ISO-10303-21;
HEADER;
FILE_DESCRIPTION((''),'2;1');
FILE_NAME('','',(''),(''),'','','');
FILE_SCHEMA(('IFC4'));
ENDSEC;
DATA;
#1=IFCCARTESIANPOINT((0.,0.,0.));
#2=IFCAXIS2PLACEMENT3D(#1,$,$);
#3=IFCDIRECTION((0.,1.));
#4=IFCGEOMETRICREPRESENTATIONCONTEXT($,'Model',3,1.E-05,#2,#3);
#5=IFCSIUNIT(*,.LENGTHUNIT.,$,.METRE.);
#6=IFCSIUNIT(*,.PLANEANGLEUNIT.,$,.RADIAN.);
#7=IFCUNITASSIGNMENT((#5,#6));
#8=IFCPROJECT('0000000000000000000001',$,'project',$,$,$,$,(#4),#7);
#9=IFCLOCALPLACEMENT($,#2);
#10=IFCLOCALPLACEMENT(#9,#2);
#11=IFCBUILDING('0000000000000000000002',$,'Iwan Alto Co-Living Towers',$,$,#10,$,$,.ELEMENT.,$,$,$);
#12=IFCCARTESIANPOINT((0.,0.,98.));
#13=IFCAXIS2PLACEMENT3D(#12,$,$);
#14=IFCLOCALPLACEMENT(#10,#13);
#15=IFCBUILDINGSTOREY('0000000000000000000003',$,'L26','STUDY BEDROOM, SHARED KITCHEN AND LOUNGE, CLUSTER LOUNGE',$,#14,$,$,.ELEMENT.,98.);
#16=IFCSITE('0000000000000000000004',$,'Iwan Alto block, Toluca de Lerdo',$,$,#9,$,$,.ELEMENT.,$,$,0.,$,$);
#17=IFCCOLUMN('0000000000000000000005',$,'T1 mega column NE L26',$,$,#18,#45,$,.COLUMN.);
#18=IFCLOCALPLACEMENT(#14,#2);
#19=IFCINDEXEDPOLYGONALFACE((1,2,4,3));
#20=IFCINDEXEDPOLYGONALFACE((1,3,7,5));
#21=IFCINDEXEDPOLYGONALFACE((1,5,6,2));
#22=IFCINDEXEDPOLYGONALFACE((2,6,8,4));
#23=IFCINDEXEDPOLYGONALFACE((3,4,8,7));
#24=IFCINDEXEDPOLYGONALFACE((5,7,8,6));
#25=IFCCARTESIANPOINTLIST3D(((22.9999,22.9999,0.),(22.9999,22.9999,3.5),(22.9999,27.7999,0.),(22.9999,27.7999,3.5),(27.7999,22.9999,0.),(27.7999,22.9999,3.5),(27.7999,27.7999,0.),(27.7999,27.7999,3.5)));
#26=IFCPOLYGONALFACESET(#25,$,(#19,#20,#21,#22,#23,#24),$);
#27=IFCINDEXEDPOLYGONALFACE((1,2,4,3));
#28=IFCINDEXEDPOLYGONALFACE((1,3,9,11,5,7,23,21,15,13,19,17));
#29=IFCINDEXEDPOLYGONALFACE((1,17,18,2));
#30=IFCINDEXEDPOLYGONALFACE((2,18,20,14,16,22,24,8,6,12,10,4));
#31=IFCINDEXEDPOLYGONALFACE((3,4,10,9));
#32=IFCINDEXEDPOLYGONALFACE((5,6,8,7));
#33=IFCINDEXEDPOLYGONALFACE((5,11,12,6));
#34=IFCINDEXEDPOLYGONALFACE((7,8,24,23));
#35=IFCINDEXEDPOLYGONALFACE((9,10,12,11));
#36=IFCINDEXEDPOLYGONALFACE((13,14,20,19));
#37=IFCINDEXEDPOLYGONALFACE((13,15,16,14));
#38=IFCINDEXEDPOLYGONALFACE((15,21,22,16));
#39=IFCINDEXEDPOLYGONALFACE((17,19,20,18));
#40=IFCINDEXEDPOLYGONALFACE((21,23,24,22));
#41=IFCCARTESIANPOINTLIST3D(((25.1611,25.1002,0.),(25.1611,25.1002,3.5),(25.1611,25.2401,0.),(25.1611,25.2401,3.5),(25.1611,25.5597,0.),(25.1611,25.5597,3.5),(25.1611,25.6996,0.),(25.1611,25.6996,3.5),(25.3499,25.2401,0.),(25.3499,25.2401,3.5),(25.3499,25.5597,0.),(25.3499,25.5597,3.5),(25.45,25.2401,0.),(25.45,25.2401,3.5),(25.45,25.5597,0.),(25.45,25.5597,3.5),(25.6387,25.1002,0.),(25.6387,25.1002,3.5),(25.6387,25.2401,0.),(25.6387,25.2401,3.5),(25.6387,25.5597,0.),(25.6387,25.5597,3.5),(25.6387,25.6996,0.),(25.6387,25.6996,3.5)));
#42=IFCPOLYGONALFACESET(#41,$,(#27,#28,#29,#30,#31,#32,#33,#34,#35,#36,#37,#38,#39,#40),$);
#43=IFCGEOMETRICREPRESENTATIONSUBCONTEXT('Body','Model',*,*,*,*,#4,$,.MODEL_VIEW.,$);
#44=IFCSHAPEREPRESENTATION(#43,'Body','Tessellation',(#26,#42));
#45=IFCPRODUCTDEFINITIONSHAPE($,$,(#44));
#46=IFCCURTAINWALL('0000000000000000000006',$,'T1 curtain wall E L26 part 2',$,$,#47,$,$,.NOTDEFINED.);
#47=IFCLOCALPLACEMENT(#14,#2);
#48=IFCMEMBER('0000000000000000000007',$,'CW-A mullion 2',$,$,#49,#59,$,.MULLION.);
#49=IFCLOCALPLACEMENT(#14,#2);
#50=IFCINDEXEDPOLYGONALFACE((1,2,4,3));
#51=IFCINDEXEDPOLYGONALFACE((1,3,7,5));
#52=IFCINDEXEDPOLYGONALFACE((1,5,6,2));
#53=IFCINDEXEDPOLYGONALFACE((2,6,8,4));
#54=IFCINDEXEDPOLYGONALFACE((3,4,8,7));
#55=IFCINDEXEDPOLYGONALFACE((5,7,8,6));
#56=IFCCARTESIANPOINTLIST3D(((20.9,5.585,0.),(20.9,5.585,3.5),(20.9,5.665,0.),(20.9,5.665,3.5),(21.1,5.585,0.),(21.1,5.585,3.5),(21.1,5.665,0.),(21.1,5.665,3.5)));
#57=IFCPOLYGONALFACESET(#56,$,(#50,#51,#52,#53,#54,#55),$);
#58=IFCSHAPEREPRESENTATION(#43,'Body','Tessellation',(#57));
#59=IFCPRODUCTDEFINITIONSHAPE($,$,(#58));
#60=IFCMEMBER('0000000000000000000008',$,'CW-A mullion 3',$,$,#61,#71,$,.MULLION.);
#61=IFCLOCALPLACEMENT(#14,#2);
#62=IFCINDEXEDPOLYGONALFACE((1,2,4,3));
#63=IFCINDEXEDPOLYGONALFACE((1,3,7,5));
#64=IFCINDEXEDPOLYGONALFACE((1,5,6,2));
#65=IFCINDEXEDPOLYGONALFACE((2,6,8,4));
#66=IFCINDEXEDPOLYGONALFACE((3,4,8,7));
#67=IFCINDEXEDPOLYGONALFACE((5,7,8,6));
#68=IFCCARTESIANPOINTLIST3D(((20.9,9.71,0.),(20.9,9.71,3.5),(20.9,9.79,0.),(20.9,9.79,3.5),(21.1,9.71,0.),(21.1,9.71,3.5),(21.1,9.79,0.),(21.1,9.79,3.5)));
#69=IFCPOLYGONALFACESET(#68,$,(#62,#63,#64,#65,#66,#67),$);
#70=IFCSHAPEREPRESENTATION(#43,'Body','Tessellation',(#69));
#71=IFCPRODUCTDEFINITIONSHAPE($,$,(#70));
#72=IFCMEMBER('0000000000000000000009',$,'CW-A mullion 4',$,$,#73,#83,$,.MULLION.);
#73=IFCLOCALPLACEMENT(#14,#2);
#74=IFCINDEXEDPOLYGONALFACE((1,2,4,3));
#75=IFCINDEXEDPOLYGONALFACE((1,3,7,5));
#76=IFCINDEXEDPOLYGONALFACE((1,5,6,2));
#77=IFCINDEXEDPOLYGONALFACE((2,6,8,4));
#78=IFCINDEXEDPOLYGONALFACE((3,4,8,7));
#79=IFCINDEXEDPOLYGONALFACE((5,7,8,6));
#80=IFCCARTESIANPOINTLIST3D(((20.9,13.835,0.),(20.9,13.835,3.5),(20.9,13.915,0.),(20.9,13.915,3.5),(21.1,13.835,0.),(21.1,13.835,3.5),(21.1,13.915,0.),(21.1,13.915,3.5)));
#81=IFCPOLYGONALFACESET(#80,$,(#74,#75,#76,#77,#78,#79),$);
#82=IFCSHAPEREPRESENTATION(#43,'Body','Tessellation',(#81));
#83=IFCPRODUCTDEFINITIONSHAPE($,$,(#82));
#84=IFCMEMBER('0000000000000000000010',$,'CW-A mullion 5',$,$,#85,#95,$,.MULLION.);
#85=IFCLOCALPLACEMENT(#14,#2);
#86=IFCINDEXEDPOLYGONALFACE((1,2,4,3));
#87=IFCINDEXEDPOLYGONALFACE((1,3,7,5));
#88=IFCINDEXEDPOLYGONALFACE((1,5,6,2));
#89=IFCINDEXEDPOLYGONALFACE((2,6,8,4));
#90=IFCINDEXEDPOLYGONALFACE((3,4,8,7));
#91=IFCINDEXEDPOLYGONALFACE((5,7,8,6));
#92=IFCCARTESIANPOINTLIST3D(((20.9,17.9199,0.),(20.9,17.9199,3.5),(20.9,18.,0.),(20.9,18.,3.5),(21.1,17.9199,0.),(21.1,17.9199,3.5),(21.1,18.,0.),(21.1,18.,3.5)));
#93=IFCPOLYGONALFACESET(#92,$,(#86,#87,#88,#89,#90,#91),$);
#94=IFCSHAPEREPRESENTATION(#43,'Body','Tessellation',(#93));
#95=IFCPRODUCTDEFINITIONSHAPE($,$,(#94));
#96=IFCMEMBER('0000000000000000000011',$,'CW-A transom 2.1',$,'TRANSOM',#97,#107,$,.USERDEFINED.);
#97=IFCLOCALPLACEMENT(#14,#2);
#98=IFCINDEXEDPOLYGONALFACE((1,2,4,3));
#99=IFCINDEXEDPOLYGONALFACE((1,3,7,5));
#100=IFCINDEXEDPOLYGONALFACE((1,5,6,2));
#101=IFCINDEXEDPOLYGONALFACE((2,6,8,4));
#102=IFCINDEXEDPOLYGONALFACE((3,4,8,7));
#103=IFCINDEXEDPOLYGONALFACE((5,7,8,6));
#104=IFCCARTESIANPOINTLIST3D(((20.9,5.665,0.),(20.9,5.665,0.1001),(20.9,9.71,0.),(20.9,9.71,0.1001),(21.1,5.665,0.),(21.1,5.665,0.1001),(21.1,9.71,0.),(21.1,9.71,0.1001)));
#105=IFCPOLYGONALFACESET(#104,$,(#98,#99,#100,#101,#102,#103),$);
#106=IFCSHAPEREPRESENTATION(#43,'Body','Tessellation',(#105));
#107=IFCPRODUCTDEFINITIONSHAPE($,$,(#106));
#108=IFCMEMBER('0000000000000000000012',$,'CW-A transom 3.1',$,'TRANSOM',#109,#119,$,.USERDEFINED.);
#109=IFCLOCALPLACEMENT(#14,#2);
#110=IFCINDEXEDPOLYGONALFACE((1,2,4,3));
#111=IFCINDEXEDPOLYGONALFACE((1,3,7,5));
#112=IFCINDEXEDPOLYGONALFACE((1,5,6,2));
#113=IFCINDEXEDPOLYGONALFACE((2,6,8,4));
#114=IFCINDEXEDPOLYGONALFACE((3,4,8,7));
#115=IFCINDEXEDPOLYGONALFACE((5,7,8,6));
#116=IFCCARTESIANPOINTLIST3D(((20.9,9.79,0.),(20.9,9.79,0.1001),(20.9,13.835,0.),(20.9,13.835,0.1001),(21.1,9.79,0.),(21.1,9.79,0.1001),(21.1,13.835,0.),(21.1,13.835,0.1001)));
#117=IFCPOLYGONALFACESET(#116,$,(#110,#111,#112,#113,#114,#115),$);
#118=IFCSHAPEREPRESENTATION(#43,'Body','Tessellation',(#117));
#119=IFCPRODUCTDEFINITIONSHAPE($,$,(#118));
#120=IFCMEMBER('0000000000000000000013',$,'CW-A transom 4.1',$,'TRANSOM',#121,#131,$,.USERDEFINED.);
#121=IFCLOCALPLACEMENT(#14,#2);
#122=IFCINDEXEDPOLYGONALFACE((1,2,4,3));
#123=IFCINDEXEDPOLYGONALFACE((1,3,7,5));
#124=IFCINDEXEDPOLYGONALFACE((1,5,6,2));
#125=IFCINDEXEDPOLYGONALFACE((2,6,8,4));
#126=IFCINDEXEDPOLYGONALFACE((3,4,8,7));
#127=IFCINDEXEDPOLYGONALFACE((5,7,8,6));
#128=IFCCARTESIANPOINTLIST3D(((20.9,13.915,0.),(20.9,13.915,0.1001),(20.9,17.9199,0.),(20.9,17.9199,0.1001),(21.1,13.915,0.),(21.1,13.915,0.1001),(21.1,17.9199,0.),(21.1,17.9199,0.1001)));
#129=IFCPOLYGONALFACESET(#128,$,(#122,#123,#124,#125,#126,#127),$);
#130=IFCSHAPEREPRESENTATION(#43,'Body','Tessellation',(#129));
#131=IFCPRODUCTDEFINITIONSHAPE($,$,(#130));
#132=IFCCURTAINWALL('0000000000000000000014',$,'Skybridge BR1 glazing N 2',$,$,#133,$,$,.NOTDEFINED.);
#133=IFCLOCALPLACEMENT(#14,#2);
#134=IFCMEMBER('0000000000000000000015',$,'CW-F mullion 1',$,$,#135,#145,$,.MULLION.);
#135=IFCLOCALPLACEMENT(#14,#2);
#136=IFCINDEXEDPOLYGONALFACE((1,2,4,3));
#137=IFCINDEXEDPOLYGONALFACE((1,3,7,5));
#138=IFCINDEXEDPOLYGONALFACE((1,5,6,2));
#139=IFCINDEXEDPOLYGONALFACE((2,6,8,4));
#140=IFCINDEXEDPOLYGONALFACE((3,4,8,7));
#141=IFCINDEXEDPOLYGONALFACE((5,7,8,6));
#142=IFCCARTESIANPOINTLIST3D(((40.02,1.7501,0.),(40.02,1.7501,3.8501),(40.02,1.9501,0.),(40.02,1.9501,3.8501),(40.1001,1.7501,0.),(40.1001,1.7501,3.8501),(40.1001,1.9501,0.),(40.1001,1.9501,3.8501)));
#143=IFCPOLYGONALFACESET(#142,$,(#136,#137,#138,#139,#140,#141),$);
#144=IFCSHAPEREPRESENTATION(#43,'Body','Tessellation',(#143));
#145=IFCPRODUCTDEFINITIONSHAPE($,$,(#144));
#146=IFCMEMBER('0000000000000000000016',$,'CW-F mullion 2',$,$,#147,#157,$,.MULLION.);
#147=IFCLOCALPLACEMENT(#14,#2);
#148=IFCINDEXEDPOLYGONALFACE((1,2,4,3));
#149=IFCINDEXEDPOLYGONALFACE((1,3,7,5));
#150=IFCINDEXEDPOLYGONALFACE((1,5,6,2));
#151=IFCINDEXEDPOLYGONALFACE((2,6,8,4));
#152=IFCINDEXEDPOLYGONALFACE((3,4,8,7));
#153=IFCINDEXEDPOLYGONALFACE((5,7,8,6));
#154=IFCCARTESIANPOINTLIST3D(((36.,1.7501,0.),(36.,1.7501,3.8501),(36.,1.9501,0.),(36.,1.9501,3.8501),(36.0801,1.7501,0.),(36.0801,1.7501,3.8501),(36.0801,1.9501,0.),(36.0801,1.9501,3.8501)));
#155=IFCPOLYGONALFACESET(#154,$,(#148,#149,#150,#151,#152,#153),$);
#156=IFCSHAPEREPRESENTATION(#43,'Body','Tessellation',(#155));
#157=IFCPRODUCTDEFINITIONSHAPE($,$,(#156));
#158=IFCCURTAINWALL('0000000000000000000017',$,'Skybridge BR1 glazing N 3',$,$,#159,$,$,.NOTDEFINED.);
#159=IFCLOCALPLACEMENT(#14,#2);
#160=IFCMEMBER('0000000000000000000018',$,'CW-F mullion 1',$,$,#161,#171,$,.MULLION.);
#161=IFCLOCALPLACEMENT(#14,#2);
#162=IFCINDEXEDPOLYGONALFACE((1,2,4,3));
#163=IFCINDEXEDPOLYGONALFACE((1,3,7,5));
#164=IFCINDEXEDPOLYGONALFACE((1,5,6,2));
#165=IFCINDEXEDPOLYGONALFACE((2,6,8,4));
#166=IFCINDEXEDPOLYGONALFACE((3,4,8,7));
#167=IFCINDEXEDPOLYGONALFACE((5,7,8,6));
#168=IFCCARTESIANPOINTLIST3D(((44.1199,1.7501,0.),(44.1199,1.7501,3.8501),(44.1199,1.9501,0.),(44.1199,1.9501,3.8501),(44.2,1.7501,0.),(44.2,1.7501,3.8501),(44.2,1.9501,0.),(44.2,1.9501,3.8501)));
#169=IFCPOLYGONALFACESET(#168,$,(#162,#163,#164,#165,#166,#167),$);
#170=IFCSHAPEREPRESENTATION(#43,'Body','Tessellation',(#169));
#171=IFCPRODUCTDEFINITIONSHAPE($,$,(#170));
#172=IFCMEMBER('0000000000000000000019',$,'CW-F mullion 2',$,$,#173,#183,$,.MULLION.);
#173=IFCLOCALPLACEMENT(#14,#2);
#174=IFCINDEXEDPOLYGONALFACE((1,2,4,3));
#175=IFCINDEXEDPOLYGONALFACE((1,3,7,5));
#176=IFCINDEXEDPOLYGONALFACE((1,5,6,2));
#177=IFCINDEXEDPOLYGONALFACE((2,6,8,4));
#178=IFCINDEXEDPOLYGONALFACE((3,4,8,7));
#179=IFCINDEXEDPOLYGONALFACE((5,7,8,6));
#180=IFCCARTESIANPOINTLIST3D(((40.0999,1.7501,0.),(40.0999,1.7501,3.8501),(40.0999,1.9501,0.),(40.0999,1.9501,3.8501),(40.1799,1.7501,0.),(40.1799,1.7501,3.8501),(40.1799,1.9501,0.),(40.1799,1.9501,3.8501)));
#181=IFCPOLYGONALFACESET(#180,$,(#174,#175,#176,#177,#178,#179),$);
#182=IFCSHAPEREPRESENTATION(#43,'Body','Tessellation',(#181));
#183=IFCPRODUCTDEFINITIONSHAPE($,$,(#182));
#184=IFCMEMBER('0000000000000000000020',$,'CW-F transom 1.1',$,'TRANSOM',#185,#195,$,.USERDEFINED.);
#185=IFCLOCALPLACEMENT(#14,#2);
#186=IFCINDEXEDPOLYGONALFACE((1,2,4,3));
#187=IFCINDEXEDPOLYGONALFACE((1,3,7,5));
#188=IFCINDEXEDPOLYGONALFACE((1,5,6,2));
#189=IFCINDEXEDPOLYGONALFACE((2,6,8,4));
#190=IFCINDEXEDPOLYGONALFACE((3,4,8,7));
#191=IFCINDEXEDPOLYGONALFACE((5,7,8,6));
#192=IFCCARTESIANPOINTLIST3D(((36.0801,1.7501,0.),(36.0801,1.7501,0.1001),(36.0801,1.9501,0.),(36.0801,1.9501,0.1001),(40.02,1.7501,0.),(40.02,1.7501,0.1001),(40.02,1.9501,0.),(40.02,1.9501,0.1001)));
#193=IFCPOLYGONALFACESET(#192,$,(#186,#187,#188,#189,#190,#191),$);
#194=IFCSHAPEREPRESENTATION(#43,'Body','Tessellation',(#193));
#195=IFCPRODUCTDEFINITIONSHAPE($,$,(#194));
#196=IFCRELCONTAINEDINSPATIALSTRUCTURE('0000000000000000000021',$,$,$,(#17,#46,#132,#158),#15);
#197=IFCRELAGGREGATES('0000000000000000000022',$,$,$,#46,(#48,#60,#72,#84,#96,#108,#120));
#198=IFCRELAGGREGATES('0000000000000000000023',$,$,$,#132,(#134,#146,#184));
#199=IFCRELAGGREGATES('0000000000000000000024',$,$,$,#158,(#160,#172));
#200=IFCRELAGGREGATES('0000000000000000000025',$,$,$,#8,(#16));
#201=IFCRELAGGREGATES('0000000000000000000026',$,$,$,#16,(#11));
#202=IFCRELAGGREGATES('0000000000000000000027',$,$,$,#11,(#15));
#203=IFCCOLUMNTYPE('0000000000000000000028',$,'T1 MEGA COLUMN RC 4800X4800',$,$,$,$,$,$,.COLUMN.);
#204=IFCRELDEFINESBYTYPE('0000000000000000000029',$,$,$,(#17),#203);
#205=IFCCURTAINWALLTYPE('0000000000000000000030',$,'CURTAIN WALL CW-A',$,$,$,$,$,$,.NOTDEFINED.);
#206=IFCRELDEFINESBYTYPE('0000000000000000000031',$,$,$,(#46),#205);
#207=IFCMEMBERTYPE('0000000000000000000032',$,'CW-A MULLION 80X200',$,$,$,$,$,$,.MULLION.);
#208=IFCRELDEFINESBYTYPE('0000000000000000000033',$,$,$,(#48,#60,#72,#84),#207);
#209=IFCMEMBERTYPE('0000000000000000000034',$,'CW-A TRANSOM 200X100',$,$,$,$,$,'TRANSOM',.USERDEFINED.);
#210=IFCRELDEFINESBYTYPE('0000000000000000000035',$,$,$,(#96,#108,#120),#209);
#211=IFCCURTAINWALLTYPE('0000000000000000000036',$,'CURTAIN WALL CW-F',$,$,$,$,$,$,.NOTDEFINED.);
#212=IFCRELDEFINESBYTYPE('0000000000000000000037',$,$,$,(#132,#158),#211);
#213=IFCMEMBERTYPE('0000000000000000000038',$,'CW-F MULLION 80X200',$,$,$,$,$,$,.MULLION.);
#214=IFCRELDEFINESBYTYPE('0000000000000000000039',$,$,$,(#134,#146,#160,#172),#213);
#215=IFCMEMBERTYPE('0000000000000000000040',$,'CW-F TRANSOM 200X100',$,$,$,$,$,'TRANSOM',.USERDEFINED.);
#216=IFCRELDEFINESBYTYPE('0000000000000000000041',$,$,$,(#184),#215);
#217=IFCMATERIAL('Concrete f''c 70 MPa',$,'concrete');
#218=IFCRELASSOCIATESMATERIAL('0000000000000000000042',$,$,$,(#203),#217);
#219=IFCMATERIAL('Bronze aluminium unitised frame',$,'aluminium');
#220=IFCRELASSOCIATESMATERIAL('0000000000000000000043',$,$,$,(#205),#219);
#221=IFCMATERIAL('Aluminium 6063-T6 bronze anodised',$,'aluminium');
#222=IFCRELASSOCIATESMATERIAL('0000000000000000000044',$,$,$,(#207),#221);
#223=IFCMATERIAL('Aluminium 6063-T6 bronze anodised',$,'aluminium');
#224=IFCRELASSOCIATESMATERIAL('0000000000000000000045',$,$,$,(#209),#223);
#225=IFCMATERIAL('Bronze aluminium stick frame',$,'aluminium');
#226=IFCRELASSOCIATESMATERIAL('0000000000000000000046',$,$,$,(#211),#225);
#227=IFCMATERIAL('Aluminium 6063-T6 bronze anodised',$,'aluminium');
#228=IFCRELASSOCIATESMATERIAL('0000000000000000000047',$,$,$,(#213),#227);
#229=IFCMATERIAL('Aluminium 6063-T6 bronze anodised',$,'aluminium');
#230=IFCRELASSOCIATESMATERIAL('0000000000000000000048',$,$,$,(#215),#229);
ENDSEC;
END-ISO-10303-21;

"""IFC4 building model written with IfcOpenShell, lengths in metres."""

from ifc_helpers import new_model, si_unit, direction, frame, origin, origin_2d, place, context, subcontext, project, spatial, rectangle, i_section, extrude, material, material_profile, profile_set, type_object, element, aggregate, save


model = new_model("IFC4")

# Units and contexts
model_context = context("Model", 3, precision=1e-05, world=origin(), true_north=direction((0.0, 1.0)))
body_context = subcontext(model_context, "Body", "Model", "MODEL_VIEW")
ifc_project = project(units=[si_unit("LENGTHUNIT", "METRE"), si_unit("PLANEANGLEUNIT", "RADIAN")], contexts=[model_context])

# Site, building, storey
site_placement = place(None, origin())
site = spatial("IfcSite", under=ifc_project, at=site_placement, Name="Iwan Alto block, Toluca de Lerdo", CompositionType="ELEMENT", RefElevation=0.0)
building_placement = place(site_placement, origin())
building = spatial("IfcBuilding", under=site, at=building_placement, Name="Iwan Alto Co-Living Towers", CompositionType="ELEMENT")
storey_placement = place(building_placement, frame((0.0, 0.0, 98.0)))
storey = spatial("IfcBuildingStorey", under=building, at=storey_placement, Name="L26", Description="STUDY BEDROOM, SHARED KITCHEN AND LOUNGE, CLUSTER LOUNGE", CompositionType="ELEMENT", Elevation=98.0)

# Column
ifc_material_1 = material(Name="Concrete f'c 70 MPa", Category="concrete")
ifc_material_profile_1 = material_profile(ifc_material_1, rectangle(XDim=4.8, YDim=4.8, at=origin_2d()), Name="RC 4800X4800")
ifc_profile_set_1 = profile_set([ifc_material_profile_1], Name="Concrete f'c 70 MPa")
column_type = type_object("IfcColumnType", Name="T1 MEGA COLUMN RC 4800X4800", PredefinedType="COLUMN", material=ifc_profile_set_1)
column_placement = place(storey_placement, frame((25.3999, 25.3999, 0.0), z_axis=(0.0, 0.0, 1.0), x_axis=(1.0, 0.0, 0.0)))
element("IfcColumn", 1, at=column_placement, inside=storey, type_object=column_type, Name="T1 mega column NE L26", PredefinedType="COLUMN", context=body_context, shape_type="SweptSolid", body=[
    extrude(rectangle(XDim=4.8, YDim=4.8, at=origin_2d()), origin(), (0.0, 0.0, 1.0), 3.5),
    extrude(i_section(OverallWidth=0.4775, OverallDepth=0.5994, WebThickness=0.1001, FlangeThickness=0.1399, at=origin_2d()), origin(), (0.0, 0.0, 1.0), 3.5),
])

# Curtain walls, members
ifc_material_2 = material(Name="Bronze aluminium unitised frame", Category="aluminium")
curtain_wall_type_1 = type_object("IfcCurtainWallType", Name="CURTAIN WALL CW-A", PredefinedType="NOTDEFINED", material=ifc_material_2)
curtain_wall_1_placement = place(storey_placement, origin())
curtain_wall_1 = element("IfcCurtainWall", 2, at=curtain_wall_1_placement, inside=storey, type_object=curtain_wall_type_1, Name="T1 curtain wall E L26 part 2", PredefinedType="NOTDEFINED")
ifc_material_3 = material(Name="Aluminium 6063-T6 bronze anodised", Category="aluminium")
ifc_material_profile_2 = material_profile(ifc_material_3, rectangle(XDim=0.2, YDim=0.0801, at=origin_2d()), Name="AL 80X200")
ifc_profile_set_2 = profile_set([ifc_material_profile_2], Name="Aluminium 6063-T6 bronze anodised")
member_type_1 = type_object("IfcMemberType", Name="CW-A MULLION 80X200", PredefinedType="MULLION", material=ifc_profile_set_2)
member_1_placement = place(storey_placement, frame((21.0, 5.625, 0.0), z_axis=(0.0, 0.0, 1.0), x_axis=(-1.0, 0.0, 0.0)))
member_1 = element("IfcMember", 3, at=member_1_placement, type_object=member_type_1, Name="CW-A mullion 2", PredefinedType="MULLION", context=body_context, shape_type="SweptSolid", body=[
    extrude(rectangle(XDim=0.2, YDim=0.0801, at=origin_2d()), origin(), (0.0, 0.0, 1.0), 3.5),
])
member_2_placement = place(storey_placement, frame((21.0, 9.75, 0.0), z_axis=(0.0, 0.0, 1.0), x_axis=(-1.0, 0.0, 0.0)))
member_2 = element("IfcMember", 4, at=member_2_placement, type_object=member_type_1, Name="CW-A mullion 3", PredefinedType="MULLION", context=body_context, shape_type="SweptSolid", body=[
    extrude(rectangle(XDim=0.2, YDim=0.0801, at=origin_2d()), origin(), (0.0, 0.0, 1.0), 3.5),
])
member_3_placement = place(storey_placement, frame((21.0, 13.875, 0.0), z_axis=(0.0, 0.0, 1.0), x_axis=(-1.0, 0.0, 0.0)))
member_3 = element("IfcMember", 5, at=member_3_placement, type_object=member_type_1, Name="CW-A mullion 4", PredefinedType="MULLION", context=body_context, shape_type="SweptSolid", body=[
    extrude(rectangle(XDim=0.2, YDim=0.0801, at=origin_2d()), origin(), (0.0, 0.0, 1.0), 3.5),
])
member_4_placement = place(storey_placement, frame((21.0, 17.96, 0.0), z_axis=(0.0, 0.0, 1.0), x_axis=(-1.0, 0.0, 0.0)))
member_4 = element("IfcMember", 6, at=member_4_placement, type_object=member_type_1, Name="CW-A mullion 5", PredefinedType="MULLION", context=body_context, shape_type="SweptSolid", body=[
    extrude(rectangle(XDim=0.2, YDim=0.0801, at=origin_2d()), origin(), (0.0, 0.0, 1.0), 3.5),
])
ifc_material_4 = material(Name="Aluminium 6063-T6 bronze anodised", Category="aluminium")
ifc_material_profile_3 = material_profile(ifc_material_4, rectangle(XDim=0.2, YDim=0.1001, at=origin_2d()), Name="AL 200X100")
ifc_profile_set_3 = profile_set([ifc_material_profile_3], Name="Aluminium 6063-T6 bronze anodised")
member_type_2 = type_object("IfcMemberType", Name="CW-A TRANSOM 200X100", ElementType="TRANSOM", PredefinedType="USERDEFINED", material=ifc_profile_set_3)
member_5_placement = place(storey_placement, frame((21.0, 5.665, 0.05), z_axis=(0.0, 1.0, 0.0), x_axis=(-1.0, 0.0, 0.0)))
member_5 = element("IfcMember", 7, at=member_5_placement, type_object=member_type_2, Name="CW-A transom 2.1", ObjectType="TRANSOM", PredefinedType="USERDEFINED", context=body_context, shape_type="SweptSolid", body=[
    extrude(rectangle(XDim=0.2, YDim=0.1001, at=origin_2d()), origin(), (0.0, 0.0, 1.0), 4.0449),
])
member_6_placement = place(storey_placement, frame((21.0, 9.79, 0.05), z_axis=(0.0, 1.0, 0.0), x_axis=(-1.0, 0.0, 0.0)))
member_6 = element("IfcMember", 8, at=member_6_placement, type_object=member_type_2, Name="CW-A transom 3.1", ObjectType="TRANSOM", PredefinedType="USERDEFINED", context=body_context, shape_type="SweptSolid", body=[
    extrude(rectangle(XDim=0.2, YDim=0.1001, at=origin_2d()), origin(), (0.0, 0.0, 1.0), 4.0449),
])
member_7_placement = place(storey_placement, frame((21.0, 13.915, 0.05), z_axis=(0.0, 1.0, 0.0), x_axis=(-1.0, 0.0, 0.0)))
member_7 = element("IfcMember", 9, at=member_7_placement, type_object=member_type_2, Name="CW-A transom 4.1", ObjectType="TRANSOM", PredefinedType="USERDEFINED", context=body_context, shape_type="SweptSolid", body=[
    extrude(rectangle(XDim=0.2, YDim=0.1001, at=origin_2d()), origin(), (0.0, 0.0, 1.0), 4.0049),
])
ifc_material_5 = material(Name="Bronze aluminium stick frame", Category="aluminium")
curtain_wall_type_2 = type_object("IfcCurtainWallType", Name="CURTAIN WALL CW-F", PredefinedType="NOTDEFINED", material=ifc_material_5)
curtain_wall_2_placement = place(storey_placement, origin())
curtain_wall_2 = element("IfcCurtainWall", 10, at=curtain_wall_2_placement, inside=storey, type_object=curtain_wall_type_2, Name="Skybridge BR1 glazing N 2", PredefinedType="NOTDEFINED")
ifc_material_6 = material(Name="Aluminium 6063-T6 bronze anodised", Category="aluminium")
ifc_material_profile_4 = material_profile(ifc_material_6, rectangle(XDim=0.2, YDim=0.0801, at=origin_2d()), Name="AL 80X200")
ifc_profile_set_4 = profile_set([ifc_material_profile_4], Name="Aluminium 6063-T6 bronze anodised")
member_type_3 = type_object("IfcMemberType", Name="CW-F MULLION 80X200", PredefinedType="MULLION", material=ifc_profile_set_4)
member_8_placement = place(storey_placement, frame((40.0601, 1.8501, 0.0), z_axis=(0.0, 0.0, 1.0), x_axis=(0.0, -1.0, 0.0)))
member_8 = element("IfcMember", 11, at=member_8_placement, type_object=member_type_3, Name="CW-F mullion 1", PredefinedType="MULLION", context=body_context, shape_type="SweptSolid", body=[
    extrude(rectangle(XDim=0.2, YDim=0.0801, at=origin_2d()), origin(), (0.0, 0.0, 1.0), 3.8501),
])
member_9_placement = place(storey_placement, frame((36.04, 1.8501, 0.0), z_axis=(0.0, 0.0, 1.0), x_axis=(0.0, -1.0, 0.0)))
member_9 = element("IfcMember", 12, at=member_9_placement, type_object=member_type_3, Name="CW-F mullion 2", PredefinedType="MULLION", context=body_context, shape_type="SweptSolid", body=[
    extrude(rectangle(XDim=0.2, YDim=0.0801, at=origin_2d()), origin(), (0.0, 0.0, 1.0), 3.8501),
])
curtain_wall_3_placement = place(storey_placement, origin())
curtain_wall_3 = element("IfcCurtainWall", 13, at=curtain_wall_3_placement, inside=storey, type_object=curtain_wall_type_2, Name="Skybridge BR1 glazing N 3", PredefinedType="NOTDEFINED")
member_10_placement = place(storey_placement, frame((44.1599, 1.8501, 0.0), z_axis=(0.0, 0.0, 1.0), x_axis=(0.0, -1.0, 0.0)))
member_10 = element("IfcMember", 14, at=member_10_placement, type_object=member_type_3, Name="CW-F mullion 1", PredefinedType="MULLION", context=body_context, shape_type="SweptSolid", body=[
    extrude(rectangle(XDim=0.2, YDim=0.0801, at=origin_2d()), origin(), (0.0, 0.0, 1.0), 3.8501),
])
member_11_placement = place(storey_placement, frame((40.1399, 1.8501, 0.0), z_axis=(0.0, 0.0, 1.0), x_axis=(0.0, -1.0, 0.0)))
member_11 = element("IfcMember", 15, at=member_11_placement, type_object=member_type_3, Name="CW-F mullion 2", PredefinedType="MULLION", context=body_context, shape_type="SweptSolid", body=[
    extrude(rectangle(XDim=0.2, YDim=0.0801, at=origin_2d()), origin(), (0.0, 0.0, 1.0), 3.8501),
])

# Member
ifc_material_7 = material(Name="Aluminium 6063-T6 bronze anodised", Category="aluminium")
ifc_material_profile_5 = material_profile(ifc_material_7, rectangle(XDim=0.2, YDim=0.1001, at=origin_2d()), Name="AL 200X100")
ifc_profile_set_5 = profile_set([ifc_material_profile_5], Name="Aluminium 6063-T6 bronze anodised")
member_type_4 = type_object("IfcMemberType", Name="CW-F TRANSOM 200X100", ElementType="TRANSOM", PredefinedType="USERDEFINED", material=ifc_profile_set_5)
member_12_placement = place(storey_placement, frame((40.02, 1.8501, 0.05), z_axis=(-1.0, 0.0, 0.0), x_axis=(0.0, -1.0, 0.0)))
member_12 = element("IfcMember", 16, at=member_12_placement, type_object=member_type_4, Name="CW-F transom 1.1", ObjectType="TRANSOM", PredefinedType="USERDEFINED", context=body_context, shape_type="SweptSolid", body=[
    extrude(rectangle(XDim=0.2, YDim=0.1001, at=origin_2d()), origin(), (0.0, 0.0, 1.0), 3.9399),
])

aggregate(curtain_wall_1, [member_1, member_2, member_3, member_4, member_5, member_6, member_7])
aggregate(curtain_wall_2, [member_8, member_9, member_12])
aggregate(curtain_wall_3, [member_10, member_11])

save(model, "model.ifc")
